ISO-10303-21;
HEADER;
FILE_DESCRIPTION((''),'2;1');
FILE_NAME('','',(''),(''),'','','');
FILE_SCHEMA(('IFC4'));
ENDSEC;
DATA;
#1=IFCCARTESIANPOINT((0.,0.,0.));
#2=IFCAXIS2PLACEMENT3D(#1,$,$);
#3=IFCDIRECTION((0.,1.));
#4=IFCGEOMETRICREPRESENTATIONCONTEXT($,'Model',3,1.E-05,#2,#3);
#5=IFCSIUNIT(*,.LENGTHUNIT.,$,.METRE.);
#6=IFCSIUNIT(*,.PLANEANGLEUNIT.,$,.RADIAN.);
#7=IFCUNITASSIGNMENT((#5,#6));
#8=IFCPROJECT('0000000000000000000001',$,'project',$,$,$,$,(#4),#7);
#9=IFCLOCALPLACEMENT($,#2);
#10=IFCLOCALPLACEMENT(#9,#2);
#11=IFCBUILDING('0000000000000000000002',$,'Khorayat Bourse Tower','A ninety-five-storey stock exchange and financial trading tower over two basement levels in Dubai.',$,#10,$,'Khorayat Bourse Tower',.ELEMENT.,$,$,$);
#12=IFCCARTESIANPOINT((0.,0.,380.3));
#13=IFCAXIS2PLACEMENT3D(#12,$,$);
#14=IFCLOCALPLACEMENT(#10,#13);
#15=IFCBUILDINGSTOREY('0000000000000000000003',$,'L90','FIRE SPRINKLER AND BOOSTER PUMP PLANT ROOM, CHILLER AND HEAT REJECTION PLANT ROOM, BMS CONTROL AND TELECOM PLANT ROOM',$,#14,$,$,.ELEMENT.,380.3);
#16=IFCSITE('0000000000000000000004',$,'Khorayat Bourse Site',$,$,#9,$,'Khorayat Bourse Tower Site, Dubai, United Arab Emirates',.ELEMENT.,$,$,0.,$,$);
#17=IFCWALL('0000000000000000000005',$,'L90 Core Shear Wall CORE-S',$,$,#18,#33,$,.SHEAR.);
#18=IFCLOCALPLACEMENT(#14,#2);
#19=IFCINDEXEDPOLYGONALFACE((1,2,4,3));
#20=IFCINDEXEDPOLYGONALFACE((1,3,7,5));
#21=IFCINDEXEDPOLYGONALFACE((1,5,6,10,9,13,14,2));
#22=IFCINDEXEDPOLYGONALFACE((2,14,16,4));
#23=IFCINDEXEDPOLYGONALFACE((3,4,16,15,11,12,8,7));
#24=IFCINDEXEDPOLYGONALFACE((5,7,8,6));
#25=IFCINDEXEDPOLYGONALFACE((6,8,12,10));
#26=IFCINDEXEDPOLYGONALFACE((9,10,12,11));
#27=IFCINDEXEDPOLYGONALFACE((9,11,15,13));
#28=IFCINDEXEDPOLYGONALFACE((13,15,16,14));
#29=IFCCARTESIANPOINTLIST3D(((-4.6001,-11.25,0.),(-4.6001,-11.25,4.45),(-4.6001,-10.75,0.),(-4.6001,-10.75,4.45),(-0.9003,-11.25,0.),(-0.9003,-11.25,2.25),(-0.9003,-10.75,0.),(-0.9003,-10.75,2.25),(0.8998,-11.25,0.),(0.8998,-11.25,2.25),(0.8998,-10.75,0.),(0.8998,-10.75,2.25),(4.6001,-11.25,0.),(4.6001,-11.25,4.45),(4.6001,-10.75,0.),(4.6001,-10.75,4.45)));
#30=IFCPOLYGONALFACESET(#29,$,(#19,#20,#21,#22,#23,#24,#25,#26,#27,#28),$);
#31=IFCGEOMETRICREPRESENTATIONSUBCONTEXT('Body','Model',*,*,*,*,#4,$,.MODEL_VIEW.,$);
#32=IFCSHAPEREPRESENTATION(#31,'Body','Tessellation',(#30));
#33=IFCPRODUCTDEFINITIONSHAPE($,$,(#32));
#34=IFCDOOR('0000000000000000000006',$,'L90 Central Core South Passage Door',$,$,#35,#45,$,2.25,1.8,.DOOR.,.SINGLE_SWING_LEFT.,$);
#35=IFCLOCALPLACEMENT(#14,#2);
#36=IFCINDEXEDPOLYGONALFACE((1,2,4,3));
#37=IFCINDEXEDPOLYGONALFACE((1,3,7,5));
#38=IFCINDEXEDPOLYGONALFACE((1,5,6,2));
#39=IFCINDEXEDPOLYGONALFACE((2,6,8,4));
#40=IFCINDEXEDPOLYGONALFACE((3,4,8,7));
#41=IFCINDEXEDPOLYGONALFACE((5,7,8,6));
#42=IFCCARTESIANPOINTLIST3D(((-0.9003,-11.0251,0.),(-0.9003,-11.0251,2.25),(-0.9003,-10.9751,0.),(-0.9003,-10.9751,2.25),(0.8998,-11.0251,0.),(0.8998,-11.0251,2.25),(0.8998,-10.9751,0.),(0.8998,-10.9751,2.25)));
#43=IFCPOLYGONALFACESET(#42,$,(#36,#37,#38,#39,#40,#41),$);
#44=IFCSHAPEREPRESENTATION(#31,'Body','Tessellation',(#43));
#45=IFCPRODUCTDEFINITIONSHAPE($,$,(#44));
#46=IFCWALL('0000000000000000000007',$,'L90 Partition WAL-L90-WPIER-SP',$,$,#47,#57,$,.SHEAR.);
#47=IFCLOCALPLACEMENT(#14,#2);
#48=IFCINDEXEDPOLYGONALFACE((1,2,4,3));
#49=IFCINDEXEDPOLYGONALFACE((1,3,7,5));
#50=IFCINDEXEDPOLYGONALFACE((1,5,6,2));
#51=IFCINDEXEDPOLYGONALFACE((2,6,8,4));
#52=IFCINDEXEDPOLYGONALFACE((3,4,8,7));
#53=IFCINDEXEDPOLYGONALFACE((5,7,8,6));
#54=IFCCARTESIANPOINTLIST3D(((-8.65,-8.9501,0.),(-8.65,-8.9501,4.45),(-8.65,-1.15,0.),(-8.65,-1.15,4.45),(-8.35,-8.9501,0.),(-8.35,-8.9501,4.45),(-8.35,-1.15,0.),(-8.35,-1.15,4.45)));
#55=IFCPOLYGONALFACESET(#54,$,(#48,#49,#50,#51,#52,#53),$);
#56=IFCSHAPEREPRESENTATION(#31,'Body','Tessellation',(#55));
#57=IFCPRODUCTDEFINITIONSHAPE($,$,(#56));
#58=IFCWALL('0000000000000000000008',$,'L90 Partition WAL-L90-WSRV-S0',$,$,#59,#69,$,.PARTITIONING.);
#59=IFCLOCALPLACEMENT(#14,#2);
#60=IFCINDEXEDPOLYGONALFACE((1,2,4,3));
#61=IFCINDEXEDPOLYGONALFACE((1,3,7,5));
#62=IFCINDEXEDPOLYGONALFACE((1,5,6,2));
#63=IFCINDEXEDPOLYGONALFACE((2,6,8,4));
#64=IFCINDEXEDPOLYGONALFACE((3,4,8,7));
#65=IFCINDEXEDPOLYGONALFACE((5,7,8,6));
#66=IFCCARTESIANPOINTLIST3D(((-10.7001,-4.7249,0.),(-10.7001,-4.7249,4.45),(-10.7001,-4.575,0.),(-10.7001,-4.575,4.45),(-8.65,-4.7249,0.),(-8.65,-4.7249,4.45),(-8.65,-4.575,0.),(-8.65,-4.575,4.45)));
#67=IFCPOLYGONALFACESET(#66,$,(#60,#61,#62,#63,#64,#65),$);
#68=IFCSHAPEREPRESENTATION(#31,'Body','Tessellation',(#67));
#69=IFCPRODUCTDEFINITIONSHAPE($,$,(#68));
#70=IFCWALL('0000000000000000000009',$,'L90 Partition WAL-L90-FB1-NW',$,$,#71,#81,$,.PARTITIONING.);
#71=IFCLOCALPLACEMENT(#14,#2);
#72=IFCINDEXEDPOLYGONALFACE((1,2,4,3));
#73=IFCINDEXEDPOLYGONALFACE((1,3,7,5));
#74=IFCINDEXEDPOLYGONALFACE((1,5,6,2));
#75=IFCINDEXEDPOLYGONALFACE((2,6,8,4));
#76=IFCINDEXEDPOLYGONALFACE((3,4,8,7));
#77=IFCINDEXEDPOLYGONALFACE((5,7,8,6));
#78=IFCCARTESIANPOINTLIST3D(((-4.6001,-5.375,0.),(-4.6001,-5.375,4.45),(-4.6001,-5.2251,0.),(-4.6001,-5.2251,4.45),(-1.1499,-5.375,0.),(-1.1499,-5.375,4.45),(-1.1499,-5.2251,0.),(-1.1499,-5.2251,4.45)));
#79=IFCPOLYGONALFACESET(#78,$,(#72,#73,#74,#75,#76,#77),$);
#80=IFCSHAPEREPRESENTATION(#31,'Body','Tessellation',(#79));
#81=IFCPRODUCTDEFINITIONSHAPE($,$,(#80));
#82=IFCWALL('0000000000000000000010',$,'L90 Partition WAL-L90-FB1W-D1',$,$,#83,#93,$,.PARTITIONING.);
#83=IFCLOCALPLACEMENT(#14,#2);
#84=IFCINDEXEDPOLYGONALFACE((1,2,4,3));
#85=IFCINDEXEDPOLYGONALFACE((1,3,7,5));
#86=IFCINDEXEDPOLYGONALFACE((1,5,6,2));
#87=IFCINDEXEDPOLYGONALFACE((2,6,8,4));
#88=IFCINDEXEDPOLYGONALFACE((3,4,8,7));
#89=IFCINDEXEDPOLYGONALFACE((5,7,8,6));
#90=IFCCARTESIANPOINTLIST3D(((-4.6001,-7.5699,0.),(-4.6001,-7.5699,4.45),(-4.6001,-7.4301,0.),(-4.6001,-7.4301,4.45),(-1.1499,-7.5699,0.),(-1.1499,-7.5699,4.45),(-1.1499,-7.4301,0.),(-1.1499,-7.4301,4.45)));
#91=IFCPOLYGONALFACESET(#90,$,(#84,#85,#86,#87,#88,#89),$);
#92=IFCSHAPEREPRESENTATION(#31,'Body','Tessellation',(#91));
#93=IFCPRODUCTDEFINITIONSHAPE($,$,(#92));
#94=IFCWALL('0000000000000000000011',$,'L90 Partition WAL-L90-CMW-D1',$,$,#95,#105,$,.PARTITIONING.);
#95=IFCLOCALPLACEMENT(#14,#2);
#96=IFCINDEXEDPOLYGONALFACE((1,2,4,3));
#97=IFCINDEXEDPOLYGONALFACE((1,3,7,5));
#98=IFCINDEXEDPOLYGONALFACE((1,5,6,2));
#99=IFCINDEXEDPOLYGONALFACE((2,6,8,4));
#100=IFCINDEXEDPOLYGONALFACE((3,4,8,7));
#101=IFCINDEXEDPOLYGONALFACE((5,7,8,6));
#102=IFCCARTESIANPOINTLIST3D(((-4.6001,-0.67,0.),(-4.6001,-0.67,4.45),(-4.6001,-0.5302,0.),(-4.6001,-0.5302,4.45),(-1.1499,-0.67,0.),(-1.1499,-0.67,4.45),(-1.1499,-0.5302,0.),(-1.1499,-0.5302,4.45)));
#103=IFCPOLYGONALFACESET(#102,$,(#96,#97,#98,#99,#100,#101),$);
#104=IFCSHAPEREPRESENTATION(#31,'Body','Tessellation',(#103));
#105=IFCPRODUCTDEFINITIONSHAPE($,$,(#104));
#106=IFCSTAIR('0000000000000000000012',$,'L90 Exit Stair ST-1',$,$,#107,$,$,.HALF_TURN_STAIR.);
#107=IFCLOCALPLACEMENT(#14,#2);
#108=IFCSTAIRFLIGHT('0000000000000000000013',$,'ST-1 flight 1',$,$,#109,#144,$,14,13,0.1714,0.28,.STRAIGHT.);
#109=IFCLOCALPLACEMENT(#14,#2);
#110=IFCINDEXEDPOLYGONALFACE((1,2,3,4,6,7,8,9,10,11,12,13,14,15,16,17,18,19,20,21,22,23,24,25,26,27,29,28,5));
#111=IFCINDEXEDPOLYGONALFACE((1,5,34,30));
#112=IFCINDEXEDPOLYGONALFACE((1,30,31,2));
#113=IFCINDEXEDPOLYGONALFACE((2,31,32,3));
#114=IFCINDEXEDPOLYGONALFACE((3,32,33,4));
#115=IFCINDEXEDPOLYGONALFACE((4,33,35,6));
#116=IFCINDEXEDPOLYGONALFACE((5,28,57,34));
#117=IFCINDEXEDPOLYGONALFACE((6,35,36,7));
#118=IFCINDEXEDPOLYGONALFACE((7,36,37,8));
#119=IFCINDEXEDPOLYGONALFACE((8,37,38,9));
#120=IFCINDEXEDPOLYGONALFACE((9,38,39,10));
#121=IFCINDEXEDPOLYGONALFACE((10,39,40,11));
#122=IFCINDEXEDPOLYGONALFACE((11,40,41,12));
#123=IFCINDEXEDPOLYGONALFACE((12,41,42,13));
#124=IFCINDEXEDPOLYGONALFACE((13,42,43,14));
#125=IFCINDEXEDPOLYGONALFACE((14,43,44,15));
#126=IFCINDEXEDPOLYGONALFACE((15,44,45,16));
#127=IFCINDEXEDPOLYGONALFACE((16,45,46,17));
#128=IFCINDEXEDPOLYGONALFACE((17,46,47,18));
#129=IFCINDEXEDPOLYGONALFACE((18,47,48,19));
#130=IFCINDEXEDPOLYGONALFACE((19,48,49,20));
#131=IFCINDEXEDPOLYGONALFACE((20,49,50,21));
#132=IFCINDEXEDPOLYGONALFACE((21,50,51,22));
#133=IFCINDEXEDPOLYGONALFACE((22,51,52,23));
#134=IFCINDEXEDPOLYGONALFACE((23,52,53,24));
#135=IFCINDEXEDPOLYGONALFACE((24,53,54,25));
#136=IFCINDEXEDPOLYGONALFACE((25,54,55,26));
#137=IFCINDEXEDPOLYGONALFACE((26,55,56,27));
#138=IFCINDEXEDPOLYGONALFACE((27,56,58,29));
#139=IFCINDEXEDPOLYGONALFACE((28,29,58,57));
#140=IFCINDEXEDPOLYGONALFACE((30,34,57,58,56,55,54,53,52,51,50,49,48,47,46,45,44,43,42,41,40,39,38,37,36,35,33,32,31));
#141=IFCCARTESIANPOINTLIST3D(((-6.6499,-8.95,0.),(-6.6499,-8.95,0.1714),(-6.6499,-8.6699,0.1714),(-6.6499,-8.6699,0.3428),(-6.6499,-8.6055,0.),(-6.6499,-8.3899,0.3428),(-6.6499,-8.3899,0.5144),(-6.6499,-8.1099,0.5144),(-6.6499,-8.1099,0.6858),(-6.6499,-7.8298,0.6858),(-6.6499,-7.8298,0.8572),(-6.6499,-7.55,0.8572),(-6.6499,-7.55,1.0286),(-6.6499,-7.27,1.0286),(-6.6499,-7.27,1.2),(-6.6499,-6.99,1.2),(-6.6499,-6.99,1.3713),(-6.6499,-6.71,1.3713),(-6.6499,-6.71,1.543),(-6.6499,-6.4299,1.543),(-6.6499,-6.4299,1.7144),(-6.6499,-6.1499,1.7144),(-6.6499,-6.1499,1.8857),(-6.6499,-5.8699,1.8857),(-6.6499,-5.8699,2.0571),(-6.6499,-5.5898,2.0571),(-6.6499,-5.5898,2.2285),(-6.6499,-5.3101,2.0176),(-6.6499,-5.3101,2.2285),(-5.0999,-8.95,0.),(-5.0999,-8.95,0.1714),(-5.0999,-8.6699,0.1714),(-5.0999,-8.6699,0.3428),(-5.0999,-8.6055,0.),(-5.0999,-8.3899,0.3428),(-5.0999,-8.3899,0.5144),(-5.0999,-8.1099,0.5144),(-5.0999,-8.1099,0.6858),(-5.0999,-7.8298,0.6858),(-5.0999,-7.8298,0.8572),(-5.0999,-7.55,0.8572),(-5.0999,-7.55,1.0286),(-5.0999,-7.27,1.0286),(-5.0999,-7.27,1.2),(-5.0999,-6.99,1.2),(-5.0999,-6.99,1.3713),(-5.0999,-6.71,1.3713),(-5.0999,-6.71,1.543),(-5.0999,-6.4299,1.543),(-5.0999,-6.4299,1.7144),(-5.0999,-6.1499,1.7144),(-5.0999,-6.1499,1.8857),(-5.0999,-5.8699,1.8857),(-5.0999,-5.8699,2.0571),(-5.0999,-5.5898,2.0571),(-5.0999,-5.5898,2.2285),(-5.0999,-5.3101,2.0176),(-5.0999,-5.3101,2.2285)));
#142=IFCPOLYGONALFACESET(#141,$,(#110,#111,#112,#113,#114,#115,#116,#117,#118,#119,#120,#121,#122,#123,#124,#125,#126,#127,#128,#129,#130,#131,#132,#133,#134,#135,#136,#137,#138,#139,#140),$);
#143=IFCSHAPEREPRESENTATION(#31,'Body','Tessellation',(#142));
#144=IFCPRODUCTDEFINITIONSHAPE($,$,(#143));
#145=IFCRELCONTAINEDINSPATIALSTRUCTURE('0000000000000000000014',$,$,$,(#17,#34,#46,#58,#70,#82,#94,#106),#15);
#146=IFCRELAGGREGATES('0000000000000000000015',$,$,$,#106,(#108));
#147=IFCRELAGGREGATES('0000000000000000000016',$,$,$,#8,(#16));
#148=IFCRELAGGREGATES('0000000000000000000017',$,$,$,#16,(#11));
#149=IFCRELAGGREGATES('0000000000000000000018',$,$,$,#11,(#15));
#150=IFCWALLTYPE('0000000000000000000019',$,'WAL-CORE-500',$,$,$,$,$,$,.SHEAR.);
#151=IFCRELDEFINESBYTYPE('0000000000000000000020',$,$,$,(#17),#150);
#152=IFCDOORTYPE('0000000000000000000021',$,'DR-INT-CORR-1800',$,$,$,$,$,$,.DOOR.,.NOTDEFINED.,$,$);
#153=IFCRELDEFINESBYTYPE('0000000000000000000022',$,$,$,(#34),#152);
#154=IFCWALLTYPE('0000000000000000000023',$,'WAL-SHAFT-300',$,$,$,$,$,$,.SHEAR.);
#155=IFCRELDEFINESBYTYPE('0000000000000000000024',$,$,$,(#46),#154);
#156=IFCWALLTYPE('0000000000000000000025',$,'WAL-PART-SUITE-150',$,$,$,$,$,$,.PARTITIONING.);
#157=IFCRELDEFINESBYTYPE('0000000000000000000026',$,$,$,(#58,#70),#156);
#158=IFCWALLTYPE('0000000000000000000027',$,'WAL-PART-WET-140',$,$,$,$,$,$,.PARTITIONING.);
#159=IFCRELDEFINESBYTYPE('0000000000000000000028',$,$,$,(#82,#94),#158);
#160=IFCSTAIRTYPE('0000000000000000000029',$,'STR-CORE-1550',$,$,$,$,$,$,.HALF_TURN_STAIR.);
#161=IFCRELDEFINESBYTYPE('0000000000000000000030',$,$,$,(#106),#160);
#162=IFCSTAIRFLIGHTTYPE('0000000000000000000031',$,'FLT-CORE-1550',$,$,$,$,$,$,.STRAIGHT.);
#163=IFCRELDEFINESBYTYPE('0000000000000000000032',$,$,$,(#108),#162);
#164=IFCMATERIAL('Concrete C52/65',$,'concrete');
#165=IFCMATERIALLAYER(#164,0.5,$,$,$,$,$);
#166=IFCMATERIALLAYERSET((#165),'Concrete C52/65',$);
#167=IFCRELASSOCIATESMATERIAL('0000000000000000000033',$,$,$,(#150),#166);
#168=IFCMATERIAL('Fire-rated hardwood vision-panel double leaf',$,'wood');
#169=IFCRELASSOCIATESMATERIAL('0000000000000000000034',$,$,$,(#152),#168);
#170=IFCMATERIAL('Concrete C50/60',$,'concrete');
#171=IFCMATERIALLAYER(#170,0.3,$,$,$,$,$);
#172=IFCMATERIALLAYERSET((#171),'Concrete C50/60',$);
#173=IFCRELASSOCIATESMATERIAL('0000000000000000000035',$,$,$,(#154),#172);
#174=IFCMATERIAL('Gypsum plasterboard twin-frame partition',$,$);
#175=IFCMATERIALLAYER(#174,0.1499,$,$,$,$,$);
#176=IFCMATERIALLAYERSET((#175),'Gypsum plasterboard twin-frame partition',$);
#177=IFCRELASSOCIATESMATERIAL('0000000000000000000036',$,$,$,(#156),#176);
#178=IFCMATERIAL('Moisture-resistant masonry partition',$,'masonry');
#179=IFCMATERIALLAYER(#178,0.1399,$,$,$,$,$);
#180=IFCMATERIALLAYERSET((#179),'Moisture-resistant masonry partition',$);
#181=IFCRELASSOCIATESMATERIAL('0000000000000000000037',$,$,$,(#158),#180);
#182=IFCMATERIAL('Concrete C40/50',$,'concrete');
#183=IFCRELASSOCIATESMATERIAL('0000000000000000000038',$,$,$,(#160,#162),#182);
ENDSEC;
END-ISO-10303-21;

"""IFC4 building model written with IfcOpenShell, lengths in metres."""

from ifc_helpers import new_model, si_unit, direction, frame, frame_2d, origin, place, context, subcontext, project, spatial, polyline, rectangle, outline, extrude, source, transform, mapped, material, layer, layer_set, type_object, element, fill, aggregate, save


model = new_model("IFC4")

# Units and contexts
model_context = context("Model", 3, precision=1e-05, world=origin(), true_north=direction((0.0, 1.0)))
body_context = subcontext(model_context, "Body", "Model", "MODEL_VIEW")
ifc_project = project(units=[si_unit("LENGTHUNIT", "METRE"), si_unit("PLANEANGLEUNIT", "RADIAN")], contexts=[model_context])

# Site, building, storey
site_placement = place(None, origin())
site = spatial("IfcSite", under=ifc_project, at=site_placement, Name="Khorayat Bourse Site", LongName="Khorayat Bourse Tower Site, Dubai, United Arab Emirates", CompositionType="ELEMENT", RefElevation=0.0)
building_placement = place(site_placement, origin())
building = spatial("IfcBuilding", under=site, at=building_placement, Name="Khorayat Bourse Tower", Description="A ninety-five-storey stock exchange and financial trading tower over two basement levels in Dubai.", LongName="Khorayat Bourse Tower", CompositionType="ELEMENT")
storey_placement = place(building_placement, frame((0.0, 0.0, 380.3)))
storey = spatial("IfcBuildingStorey", under=building, at=storey_placement, Name="L90", Description="FIRE SPRINKLER AND BOOSTER PUMP PLANT ROOM, CHILLER AND HEAT REJECTION PLANT ROOM, BMS CONTROL AND TELECOM PLANT ROOM", CompositionType="ELEMENT", Elevation=380.3)

# Shared definitions
ifc_material_1 = material(Name="Concrete C52/65", Category="concrete")

# Shared definitions
ifc_layer_1 = layer(ifc_material_1, 0.5)
ifc_layer_set_1 = layer_set([ifc_layer_1], Name="Concrete C52/65")
wall_type_1 = type_object("IfcWallType", Name="WAL-CORE-500", PredefinedType="SHEAR", material=ifc_layer_set_1)

# Wall, opening, door
shared_shape_1 = source(origin(), body_context, "Body", "SweptSolid", [
    extrude(rectangle(XDim=9.2002, YDim=0.5, at=frame_2d((4.6001, 0.0))), origin(), (0.0, 0.0, 1.0), 4.45),
])
wall_1_placement = place(storey_placement, frame((-4.6001, -11.0, 0.0), z_axis=(0.0, 0.0, 1.0), x_axis=(1.0, 0.0, 0.0)))
wall_1 = element("IfcWall", 1, at=wall_1_placement, inside=storey, type_object=wall_type_1, Name="L90 Core Shear Wall CORE-S", PredefinedType="SHEAR", context=body_context, shape_type="MappedRepresentation", body=[
    mapped(shared_shape_1, transform((0.0, 0.0, 0.0), scale=1.0)),
])
shared_shape_2 = source(origin(), body_context, "Body", "SweptSolid", [
    extrude(rectangle(XDim=1.8, YDim=2.25, at=frame_2d((0.8999, 1.125))), frame((0.0, 0.26, 0.0), z_axis=(0.0, -1.0, 0.0), x_axis=(1.0, 0.0, 0.0)), (0.0, 0.0, 1.0), 0.52),
])
opening_1_placement = place(wall_1_placement, frame((3.7, 0.0, 0.0)))
opening_1 = element("IfcOpeningElement", 2, at=opening_1_placement, cuts=wall_1, PredefinedType="OPENING", context=body_context, shape_type="MappedRepresentation", body=[
    mapped(shared_shape_2, transform((0.0, 0.0, 0.0), scale=1.0)),
])
ifc_material_2 = material(Name="Fire-rated hardwood vision-panel double leaf", Category="wood")
door_type_1 = type_object("IfcDoorType", Name="DR-INT-CORR-1800", OperationType="NOTDEFINED", PredefinedType="DOOR", material=ifc_material_2)
shared_shape_3 = source(origin(), body_context, "Body", "SweptSolid", [
    extrude(rectangle(XDim=1.8, YDim=2.25, at=frame_2d((0.8999, 1.125))), frame((0.0, 0.0249, 0.0), z_axis=(0.0, -1.0, 0.0), x_axis=(1.0, 0.0, 0.0)), (0.0, 0.0, 1.0), 0.05),
])
door_1_placement = place(opening_1_placement, origin())
door_1 = element("IfcDoor", 3, at=door_1_placement, inside=storey, type_object=door_type_1, Name="L90 Central Core South Passage Door", OperationType="SINGLE_SWING_LEFT", OverallHeight=2.25, OverallWidth=1.8, PredefinedType="DOOR", context=body_context, shape_type="MappedRepresentation", body=[
    mapped(shared_shape_3, transform((0.0, 0.0, 0.0), scale=1.0)),
])
fill(opening_1, door_1)

# Walls
ifc_material_3 = material(Name="Concrete C50/60", Category="concrete")
ifc_layer_2 = layer(ifc_material_3, 0.3)
ifc_layer_set_2 = layer_set([ifc_layer_2], Name="Concrete C50/60")
wall_type_2 = type_object("IfcWallType", Name="WAL-SHAFT-300", PredefinedType="SHEAR", material=ifc_layer_set_2)
shared_shape_4 = source(origin(), body_context, "Body", "SweptSolid", [
    extrude(rectangle(XDim=7.8, YDim=0.3, at=frame_2d((3.8999, 0.0))), origin(), (0.0, 0.0, 1.0), 4.45),
])
wall_2_placement = place(storey_placement, frame((-8.5, -8.95, 0.0), z_axis=(0.0, 0.0, 1.0), x_axis=(0.0, 1.0, 0.0)))
element("IfcWall", 4, at=wall_2_placement, inside=storey, type_object=wall_type_2, Name="L90 Partition WAL-L90-WPIER-SP", PredefinedType="SHEAR", context=body_context, shape_type="MappedRepresentation", body=[
    mapped(shared_shape_4, transform((0.0, 0.0, 0.0), scale=1.0)),
])
ifc_material_4 = material(Name="Gypsum plasterboard twin-frame partition")
ifc_layer_3 = layer(ifc_material_4, 0.1499)
ifc_layer_set_3 = layer_set([ifc_layer_3], Name="Gypsum plasterboard twin-frame partition")
wall_type_3 = type_object("IfcWallType", Name="WAL-PART-SUITE-150", PredefinedType="PARTITIONING", material=ifc_layer_set_3)
shared_shape_5 = source(origin(), body_context, "Body", "SweptSolid", [
    extrude(rectangle(XDim=2.05, YDim=0.1499, at=frame_2d((1.0249, 0.0))), origin(), (0.0, 0.0, 1.0), 4.45),
])
wall_3_placement = place(storey_placement, frame((-10.7, -4.6499, 0.0), z_axis=(0.0, 0.0, 1.0), x_axis=(1.0, 0.0, 0.0)))
element("IfcWall", 5, at=wall_3_placement, inside=storey, type_object=wall_type_3, Name="L90 Partition WAL-L90-WSRV-S0", PredefinedType="PARTITIONING", context=body_context, shape_type="MappedRepresentation", body=[
    mapped(shared_shape_5, transform((0.0, 0.0, 0.0), scale=1.0)),
])
shared_shape_6 = source(origin(), body_context, "Body", "SweptSolid", [
    extrude(rectangle(XDim=3.4502, YDim=0.1499, at=frame_2d((1.7251, 0.0))), origin(), (0.0, 0.0, 1.0), 4.45),
])
wall_4_placement = place(storey_placement, frame((-4.6001, -5.3, 0.0), z_axis=(0.0, 0.0, 1.0), x_axis=(1.0, 0.0, 0.0)))
element("IfcWall", 6, at=wall_4_placement, inside=storey, type_object=wall_type_3, Name="L90 Partition WAL-L90-FB1-NW", PredefinedType="PARTITIONING", context=body_context, shape_type="MappedRepresentation", body=[
    mapped(shared_shape_6, transform((0.0, 0.0, 0.0), scale=1.0)),
])
ifc_material_5 = material(Name="Moisture-resistant masonry partition", Category="masonry")
ifc_layer_4 = layer(ifc_material_5, 0.1399)
ifc_layer_set_4 = layer_set([ifc_layer_4], Name="Moisture-resistant masonry partition")
wall_type_4 = type_object("IfcWallType", Name="WAL-PART-WET-140", PredefinedType="PARTITIONING", material=ifc_layer_set_4)
shared_shape_7 = source(origin(), body_context, "Body", "SweptSolid", [
    extrude(rectangle(XDim=3.4502, YDim=0.1399, at=frame_2d((1.7251, 0.0))), origin(), (0.0, 0.0, 1.0), 4.45),
])
for number, where, z_axis, x_axis, name in (
    (7, (-4.6001, -7.5, 0.0), (0.0, 0.0, 1.0), (1.0, 0.0, 0.0), "L90 Partition WAL-L90-FB1W-D1"),
    (8, (-4.6001, -0.6001, 0.0), (0.0, 0.0, 1.0), (1.0, 0.0, 0.0), "L90 Partition WAL-L90-CMW-D1"),
):
    element("IfcWall", number, at=place(storey_placement, frame(where, z_axis=z_axis, x_axis=x_axis)), inside=storey, type_object=wall_type_4, Name=name, PredefinedType="PARTITIONING", context=body_context, shape_type="MappedRepresentation", body=[
        mapped(shared_shape_7, transform((0.0, 0.0, 0.0), scale=1.0)),
    ])

# Stair, stair flight
ifc_material_6 = material(Name="Concrete C40/50", Category="concrete")
stair_type = type_object("IfcStairType", Name="STR-CORE-1550", PredefinedType="HALF_TURN_STAIR", material=ifc_material_6)
stair_placement = place(storey_placement, origin())
stair = element("IfcStair", 9, at=stair_placement, inside=storey, type_object=stair_type, Name="L90 Exit Stair ST-1", PredefinedType="HALF_TURN_STAIR")
stair_flight_type = type_object("IfcStairFlightType", Name="FLT-CORE-1550", PredefinedType="STRAIGHT", material=ifc_material_6)
shared_shape_8 = source(origin(), body_context, "Body", "SweptSolid", [
    extrude(outline(polyline([(0.0, 0.0), (0.0, 0.1714), (0.28, 0.1714), (0.28, 0.3428), (0.5601, 0.3428), (0.5601, 0.5144), (0.8401, 0.5144), (0.8401, 0.6858), (1.1201, 0.6858), (1.1201, 0.8572), (1.3999, 0.8572), (1.3999, 1.0286), (1.6799, 1.0286), (1.6799, 1.2), (1.96, 1.2), (1.96, 1.3713), (2.24, 1.3713), (2.24, 1.543), (2.52, 1.543), (2.52, 1.7144), (2.8, 1.7144), (2.8, 1.8857), (3.0801, 1.8857), (3.0801, 2.0571), (3.3601, 2.0571), (3.3601, 2.2285), (3.6399, 2.2285), (3.6399, 2.3999), (3.6399, 2.0176), (0.3445, 0.0), (0.0, 0.0)])), frame((0.0, 0.7749, 0.0), z_axis=(0.0, -1.0, 0.0), x_axis=(1.0, 0.0, 0.0)), (0.0, 0.0, 1.0), 1.55),
])
stair_flight_1_placement = place(storey_placement, frame((-5.875, -8.95, 0.0), z_axis=(0.0, 0.0, 1.0), x_axis=(0.0, 1.0, 0.0)))
stair_flight_1 = element("IfcStairFlight", 10, at=stair_flight_1_placement, type_object=stair_flight_type, Name="ST-1 flight 1", NumberOfRisers=14, NumberOfTreads=13, PredefinedType="STRAIGHT", RiserHeight=0.1714, TreadLength=0.28, context=body_context, shape_type="MappedRepresentation", body=[
    mapped(shared_shape_8, transform((0.0, 0.0, 0.0), scale=1.0)),
])
aggregate(stair, [stair_flight_1])

save(model, "model.ifc")
